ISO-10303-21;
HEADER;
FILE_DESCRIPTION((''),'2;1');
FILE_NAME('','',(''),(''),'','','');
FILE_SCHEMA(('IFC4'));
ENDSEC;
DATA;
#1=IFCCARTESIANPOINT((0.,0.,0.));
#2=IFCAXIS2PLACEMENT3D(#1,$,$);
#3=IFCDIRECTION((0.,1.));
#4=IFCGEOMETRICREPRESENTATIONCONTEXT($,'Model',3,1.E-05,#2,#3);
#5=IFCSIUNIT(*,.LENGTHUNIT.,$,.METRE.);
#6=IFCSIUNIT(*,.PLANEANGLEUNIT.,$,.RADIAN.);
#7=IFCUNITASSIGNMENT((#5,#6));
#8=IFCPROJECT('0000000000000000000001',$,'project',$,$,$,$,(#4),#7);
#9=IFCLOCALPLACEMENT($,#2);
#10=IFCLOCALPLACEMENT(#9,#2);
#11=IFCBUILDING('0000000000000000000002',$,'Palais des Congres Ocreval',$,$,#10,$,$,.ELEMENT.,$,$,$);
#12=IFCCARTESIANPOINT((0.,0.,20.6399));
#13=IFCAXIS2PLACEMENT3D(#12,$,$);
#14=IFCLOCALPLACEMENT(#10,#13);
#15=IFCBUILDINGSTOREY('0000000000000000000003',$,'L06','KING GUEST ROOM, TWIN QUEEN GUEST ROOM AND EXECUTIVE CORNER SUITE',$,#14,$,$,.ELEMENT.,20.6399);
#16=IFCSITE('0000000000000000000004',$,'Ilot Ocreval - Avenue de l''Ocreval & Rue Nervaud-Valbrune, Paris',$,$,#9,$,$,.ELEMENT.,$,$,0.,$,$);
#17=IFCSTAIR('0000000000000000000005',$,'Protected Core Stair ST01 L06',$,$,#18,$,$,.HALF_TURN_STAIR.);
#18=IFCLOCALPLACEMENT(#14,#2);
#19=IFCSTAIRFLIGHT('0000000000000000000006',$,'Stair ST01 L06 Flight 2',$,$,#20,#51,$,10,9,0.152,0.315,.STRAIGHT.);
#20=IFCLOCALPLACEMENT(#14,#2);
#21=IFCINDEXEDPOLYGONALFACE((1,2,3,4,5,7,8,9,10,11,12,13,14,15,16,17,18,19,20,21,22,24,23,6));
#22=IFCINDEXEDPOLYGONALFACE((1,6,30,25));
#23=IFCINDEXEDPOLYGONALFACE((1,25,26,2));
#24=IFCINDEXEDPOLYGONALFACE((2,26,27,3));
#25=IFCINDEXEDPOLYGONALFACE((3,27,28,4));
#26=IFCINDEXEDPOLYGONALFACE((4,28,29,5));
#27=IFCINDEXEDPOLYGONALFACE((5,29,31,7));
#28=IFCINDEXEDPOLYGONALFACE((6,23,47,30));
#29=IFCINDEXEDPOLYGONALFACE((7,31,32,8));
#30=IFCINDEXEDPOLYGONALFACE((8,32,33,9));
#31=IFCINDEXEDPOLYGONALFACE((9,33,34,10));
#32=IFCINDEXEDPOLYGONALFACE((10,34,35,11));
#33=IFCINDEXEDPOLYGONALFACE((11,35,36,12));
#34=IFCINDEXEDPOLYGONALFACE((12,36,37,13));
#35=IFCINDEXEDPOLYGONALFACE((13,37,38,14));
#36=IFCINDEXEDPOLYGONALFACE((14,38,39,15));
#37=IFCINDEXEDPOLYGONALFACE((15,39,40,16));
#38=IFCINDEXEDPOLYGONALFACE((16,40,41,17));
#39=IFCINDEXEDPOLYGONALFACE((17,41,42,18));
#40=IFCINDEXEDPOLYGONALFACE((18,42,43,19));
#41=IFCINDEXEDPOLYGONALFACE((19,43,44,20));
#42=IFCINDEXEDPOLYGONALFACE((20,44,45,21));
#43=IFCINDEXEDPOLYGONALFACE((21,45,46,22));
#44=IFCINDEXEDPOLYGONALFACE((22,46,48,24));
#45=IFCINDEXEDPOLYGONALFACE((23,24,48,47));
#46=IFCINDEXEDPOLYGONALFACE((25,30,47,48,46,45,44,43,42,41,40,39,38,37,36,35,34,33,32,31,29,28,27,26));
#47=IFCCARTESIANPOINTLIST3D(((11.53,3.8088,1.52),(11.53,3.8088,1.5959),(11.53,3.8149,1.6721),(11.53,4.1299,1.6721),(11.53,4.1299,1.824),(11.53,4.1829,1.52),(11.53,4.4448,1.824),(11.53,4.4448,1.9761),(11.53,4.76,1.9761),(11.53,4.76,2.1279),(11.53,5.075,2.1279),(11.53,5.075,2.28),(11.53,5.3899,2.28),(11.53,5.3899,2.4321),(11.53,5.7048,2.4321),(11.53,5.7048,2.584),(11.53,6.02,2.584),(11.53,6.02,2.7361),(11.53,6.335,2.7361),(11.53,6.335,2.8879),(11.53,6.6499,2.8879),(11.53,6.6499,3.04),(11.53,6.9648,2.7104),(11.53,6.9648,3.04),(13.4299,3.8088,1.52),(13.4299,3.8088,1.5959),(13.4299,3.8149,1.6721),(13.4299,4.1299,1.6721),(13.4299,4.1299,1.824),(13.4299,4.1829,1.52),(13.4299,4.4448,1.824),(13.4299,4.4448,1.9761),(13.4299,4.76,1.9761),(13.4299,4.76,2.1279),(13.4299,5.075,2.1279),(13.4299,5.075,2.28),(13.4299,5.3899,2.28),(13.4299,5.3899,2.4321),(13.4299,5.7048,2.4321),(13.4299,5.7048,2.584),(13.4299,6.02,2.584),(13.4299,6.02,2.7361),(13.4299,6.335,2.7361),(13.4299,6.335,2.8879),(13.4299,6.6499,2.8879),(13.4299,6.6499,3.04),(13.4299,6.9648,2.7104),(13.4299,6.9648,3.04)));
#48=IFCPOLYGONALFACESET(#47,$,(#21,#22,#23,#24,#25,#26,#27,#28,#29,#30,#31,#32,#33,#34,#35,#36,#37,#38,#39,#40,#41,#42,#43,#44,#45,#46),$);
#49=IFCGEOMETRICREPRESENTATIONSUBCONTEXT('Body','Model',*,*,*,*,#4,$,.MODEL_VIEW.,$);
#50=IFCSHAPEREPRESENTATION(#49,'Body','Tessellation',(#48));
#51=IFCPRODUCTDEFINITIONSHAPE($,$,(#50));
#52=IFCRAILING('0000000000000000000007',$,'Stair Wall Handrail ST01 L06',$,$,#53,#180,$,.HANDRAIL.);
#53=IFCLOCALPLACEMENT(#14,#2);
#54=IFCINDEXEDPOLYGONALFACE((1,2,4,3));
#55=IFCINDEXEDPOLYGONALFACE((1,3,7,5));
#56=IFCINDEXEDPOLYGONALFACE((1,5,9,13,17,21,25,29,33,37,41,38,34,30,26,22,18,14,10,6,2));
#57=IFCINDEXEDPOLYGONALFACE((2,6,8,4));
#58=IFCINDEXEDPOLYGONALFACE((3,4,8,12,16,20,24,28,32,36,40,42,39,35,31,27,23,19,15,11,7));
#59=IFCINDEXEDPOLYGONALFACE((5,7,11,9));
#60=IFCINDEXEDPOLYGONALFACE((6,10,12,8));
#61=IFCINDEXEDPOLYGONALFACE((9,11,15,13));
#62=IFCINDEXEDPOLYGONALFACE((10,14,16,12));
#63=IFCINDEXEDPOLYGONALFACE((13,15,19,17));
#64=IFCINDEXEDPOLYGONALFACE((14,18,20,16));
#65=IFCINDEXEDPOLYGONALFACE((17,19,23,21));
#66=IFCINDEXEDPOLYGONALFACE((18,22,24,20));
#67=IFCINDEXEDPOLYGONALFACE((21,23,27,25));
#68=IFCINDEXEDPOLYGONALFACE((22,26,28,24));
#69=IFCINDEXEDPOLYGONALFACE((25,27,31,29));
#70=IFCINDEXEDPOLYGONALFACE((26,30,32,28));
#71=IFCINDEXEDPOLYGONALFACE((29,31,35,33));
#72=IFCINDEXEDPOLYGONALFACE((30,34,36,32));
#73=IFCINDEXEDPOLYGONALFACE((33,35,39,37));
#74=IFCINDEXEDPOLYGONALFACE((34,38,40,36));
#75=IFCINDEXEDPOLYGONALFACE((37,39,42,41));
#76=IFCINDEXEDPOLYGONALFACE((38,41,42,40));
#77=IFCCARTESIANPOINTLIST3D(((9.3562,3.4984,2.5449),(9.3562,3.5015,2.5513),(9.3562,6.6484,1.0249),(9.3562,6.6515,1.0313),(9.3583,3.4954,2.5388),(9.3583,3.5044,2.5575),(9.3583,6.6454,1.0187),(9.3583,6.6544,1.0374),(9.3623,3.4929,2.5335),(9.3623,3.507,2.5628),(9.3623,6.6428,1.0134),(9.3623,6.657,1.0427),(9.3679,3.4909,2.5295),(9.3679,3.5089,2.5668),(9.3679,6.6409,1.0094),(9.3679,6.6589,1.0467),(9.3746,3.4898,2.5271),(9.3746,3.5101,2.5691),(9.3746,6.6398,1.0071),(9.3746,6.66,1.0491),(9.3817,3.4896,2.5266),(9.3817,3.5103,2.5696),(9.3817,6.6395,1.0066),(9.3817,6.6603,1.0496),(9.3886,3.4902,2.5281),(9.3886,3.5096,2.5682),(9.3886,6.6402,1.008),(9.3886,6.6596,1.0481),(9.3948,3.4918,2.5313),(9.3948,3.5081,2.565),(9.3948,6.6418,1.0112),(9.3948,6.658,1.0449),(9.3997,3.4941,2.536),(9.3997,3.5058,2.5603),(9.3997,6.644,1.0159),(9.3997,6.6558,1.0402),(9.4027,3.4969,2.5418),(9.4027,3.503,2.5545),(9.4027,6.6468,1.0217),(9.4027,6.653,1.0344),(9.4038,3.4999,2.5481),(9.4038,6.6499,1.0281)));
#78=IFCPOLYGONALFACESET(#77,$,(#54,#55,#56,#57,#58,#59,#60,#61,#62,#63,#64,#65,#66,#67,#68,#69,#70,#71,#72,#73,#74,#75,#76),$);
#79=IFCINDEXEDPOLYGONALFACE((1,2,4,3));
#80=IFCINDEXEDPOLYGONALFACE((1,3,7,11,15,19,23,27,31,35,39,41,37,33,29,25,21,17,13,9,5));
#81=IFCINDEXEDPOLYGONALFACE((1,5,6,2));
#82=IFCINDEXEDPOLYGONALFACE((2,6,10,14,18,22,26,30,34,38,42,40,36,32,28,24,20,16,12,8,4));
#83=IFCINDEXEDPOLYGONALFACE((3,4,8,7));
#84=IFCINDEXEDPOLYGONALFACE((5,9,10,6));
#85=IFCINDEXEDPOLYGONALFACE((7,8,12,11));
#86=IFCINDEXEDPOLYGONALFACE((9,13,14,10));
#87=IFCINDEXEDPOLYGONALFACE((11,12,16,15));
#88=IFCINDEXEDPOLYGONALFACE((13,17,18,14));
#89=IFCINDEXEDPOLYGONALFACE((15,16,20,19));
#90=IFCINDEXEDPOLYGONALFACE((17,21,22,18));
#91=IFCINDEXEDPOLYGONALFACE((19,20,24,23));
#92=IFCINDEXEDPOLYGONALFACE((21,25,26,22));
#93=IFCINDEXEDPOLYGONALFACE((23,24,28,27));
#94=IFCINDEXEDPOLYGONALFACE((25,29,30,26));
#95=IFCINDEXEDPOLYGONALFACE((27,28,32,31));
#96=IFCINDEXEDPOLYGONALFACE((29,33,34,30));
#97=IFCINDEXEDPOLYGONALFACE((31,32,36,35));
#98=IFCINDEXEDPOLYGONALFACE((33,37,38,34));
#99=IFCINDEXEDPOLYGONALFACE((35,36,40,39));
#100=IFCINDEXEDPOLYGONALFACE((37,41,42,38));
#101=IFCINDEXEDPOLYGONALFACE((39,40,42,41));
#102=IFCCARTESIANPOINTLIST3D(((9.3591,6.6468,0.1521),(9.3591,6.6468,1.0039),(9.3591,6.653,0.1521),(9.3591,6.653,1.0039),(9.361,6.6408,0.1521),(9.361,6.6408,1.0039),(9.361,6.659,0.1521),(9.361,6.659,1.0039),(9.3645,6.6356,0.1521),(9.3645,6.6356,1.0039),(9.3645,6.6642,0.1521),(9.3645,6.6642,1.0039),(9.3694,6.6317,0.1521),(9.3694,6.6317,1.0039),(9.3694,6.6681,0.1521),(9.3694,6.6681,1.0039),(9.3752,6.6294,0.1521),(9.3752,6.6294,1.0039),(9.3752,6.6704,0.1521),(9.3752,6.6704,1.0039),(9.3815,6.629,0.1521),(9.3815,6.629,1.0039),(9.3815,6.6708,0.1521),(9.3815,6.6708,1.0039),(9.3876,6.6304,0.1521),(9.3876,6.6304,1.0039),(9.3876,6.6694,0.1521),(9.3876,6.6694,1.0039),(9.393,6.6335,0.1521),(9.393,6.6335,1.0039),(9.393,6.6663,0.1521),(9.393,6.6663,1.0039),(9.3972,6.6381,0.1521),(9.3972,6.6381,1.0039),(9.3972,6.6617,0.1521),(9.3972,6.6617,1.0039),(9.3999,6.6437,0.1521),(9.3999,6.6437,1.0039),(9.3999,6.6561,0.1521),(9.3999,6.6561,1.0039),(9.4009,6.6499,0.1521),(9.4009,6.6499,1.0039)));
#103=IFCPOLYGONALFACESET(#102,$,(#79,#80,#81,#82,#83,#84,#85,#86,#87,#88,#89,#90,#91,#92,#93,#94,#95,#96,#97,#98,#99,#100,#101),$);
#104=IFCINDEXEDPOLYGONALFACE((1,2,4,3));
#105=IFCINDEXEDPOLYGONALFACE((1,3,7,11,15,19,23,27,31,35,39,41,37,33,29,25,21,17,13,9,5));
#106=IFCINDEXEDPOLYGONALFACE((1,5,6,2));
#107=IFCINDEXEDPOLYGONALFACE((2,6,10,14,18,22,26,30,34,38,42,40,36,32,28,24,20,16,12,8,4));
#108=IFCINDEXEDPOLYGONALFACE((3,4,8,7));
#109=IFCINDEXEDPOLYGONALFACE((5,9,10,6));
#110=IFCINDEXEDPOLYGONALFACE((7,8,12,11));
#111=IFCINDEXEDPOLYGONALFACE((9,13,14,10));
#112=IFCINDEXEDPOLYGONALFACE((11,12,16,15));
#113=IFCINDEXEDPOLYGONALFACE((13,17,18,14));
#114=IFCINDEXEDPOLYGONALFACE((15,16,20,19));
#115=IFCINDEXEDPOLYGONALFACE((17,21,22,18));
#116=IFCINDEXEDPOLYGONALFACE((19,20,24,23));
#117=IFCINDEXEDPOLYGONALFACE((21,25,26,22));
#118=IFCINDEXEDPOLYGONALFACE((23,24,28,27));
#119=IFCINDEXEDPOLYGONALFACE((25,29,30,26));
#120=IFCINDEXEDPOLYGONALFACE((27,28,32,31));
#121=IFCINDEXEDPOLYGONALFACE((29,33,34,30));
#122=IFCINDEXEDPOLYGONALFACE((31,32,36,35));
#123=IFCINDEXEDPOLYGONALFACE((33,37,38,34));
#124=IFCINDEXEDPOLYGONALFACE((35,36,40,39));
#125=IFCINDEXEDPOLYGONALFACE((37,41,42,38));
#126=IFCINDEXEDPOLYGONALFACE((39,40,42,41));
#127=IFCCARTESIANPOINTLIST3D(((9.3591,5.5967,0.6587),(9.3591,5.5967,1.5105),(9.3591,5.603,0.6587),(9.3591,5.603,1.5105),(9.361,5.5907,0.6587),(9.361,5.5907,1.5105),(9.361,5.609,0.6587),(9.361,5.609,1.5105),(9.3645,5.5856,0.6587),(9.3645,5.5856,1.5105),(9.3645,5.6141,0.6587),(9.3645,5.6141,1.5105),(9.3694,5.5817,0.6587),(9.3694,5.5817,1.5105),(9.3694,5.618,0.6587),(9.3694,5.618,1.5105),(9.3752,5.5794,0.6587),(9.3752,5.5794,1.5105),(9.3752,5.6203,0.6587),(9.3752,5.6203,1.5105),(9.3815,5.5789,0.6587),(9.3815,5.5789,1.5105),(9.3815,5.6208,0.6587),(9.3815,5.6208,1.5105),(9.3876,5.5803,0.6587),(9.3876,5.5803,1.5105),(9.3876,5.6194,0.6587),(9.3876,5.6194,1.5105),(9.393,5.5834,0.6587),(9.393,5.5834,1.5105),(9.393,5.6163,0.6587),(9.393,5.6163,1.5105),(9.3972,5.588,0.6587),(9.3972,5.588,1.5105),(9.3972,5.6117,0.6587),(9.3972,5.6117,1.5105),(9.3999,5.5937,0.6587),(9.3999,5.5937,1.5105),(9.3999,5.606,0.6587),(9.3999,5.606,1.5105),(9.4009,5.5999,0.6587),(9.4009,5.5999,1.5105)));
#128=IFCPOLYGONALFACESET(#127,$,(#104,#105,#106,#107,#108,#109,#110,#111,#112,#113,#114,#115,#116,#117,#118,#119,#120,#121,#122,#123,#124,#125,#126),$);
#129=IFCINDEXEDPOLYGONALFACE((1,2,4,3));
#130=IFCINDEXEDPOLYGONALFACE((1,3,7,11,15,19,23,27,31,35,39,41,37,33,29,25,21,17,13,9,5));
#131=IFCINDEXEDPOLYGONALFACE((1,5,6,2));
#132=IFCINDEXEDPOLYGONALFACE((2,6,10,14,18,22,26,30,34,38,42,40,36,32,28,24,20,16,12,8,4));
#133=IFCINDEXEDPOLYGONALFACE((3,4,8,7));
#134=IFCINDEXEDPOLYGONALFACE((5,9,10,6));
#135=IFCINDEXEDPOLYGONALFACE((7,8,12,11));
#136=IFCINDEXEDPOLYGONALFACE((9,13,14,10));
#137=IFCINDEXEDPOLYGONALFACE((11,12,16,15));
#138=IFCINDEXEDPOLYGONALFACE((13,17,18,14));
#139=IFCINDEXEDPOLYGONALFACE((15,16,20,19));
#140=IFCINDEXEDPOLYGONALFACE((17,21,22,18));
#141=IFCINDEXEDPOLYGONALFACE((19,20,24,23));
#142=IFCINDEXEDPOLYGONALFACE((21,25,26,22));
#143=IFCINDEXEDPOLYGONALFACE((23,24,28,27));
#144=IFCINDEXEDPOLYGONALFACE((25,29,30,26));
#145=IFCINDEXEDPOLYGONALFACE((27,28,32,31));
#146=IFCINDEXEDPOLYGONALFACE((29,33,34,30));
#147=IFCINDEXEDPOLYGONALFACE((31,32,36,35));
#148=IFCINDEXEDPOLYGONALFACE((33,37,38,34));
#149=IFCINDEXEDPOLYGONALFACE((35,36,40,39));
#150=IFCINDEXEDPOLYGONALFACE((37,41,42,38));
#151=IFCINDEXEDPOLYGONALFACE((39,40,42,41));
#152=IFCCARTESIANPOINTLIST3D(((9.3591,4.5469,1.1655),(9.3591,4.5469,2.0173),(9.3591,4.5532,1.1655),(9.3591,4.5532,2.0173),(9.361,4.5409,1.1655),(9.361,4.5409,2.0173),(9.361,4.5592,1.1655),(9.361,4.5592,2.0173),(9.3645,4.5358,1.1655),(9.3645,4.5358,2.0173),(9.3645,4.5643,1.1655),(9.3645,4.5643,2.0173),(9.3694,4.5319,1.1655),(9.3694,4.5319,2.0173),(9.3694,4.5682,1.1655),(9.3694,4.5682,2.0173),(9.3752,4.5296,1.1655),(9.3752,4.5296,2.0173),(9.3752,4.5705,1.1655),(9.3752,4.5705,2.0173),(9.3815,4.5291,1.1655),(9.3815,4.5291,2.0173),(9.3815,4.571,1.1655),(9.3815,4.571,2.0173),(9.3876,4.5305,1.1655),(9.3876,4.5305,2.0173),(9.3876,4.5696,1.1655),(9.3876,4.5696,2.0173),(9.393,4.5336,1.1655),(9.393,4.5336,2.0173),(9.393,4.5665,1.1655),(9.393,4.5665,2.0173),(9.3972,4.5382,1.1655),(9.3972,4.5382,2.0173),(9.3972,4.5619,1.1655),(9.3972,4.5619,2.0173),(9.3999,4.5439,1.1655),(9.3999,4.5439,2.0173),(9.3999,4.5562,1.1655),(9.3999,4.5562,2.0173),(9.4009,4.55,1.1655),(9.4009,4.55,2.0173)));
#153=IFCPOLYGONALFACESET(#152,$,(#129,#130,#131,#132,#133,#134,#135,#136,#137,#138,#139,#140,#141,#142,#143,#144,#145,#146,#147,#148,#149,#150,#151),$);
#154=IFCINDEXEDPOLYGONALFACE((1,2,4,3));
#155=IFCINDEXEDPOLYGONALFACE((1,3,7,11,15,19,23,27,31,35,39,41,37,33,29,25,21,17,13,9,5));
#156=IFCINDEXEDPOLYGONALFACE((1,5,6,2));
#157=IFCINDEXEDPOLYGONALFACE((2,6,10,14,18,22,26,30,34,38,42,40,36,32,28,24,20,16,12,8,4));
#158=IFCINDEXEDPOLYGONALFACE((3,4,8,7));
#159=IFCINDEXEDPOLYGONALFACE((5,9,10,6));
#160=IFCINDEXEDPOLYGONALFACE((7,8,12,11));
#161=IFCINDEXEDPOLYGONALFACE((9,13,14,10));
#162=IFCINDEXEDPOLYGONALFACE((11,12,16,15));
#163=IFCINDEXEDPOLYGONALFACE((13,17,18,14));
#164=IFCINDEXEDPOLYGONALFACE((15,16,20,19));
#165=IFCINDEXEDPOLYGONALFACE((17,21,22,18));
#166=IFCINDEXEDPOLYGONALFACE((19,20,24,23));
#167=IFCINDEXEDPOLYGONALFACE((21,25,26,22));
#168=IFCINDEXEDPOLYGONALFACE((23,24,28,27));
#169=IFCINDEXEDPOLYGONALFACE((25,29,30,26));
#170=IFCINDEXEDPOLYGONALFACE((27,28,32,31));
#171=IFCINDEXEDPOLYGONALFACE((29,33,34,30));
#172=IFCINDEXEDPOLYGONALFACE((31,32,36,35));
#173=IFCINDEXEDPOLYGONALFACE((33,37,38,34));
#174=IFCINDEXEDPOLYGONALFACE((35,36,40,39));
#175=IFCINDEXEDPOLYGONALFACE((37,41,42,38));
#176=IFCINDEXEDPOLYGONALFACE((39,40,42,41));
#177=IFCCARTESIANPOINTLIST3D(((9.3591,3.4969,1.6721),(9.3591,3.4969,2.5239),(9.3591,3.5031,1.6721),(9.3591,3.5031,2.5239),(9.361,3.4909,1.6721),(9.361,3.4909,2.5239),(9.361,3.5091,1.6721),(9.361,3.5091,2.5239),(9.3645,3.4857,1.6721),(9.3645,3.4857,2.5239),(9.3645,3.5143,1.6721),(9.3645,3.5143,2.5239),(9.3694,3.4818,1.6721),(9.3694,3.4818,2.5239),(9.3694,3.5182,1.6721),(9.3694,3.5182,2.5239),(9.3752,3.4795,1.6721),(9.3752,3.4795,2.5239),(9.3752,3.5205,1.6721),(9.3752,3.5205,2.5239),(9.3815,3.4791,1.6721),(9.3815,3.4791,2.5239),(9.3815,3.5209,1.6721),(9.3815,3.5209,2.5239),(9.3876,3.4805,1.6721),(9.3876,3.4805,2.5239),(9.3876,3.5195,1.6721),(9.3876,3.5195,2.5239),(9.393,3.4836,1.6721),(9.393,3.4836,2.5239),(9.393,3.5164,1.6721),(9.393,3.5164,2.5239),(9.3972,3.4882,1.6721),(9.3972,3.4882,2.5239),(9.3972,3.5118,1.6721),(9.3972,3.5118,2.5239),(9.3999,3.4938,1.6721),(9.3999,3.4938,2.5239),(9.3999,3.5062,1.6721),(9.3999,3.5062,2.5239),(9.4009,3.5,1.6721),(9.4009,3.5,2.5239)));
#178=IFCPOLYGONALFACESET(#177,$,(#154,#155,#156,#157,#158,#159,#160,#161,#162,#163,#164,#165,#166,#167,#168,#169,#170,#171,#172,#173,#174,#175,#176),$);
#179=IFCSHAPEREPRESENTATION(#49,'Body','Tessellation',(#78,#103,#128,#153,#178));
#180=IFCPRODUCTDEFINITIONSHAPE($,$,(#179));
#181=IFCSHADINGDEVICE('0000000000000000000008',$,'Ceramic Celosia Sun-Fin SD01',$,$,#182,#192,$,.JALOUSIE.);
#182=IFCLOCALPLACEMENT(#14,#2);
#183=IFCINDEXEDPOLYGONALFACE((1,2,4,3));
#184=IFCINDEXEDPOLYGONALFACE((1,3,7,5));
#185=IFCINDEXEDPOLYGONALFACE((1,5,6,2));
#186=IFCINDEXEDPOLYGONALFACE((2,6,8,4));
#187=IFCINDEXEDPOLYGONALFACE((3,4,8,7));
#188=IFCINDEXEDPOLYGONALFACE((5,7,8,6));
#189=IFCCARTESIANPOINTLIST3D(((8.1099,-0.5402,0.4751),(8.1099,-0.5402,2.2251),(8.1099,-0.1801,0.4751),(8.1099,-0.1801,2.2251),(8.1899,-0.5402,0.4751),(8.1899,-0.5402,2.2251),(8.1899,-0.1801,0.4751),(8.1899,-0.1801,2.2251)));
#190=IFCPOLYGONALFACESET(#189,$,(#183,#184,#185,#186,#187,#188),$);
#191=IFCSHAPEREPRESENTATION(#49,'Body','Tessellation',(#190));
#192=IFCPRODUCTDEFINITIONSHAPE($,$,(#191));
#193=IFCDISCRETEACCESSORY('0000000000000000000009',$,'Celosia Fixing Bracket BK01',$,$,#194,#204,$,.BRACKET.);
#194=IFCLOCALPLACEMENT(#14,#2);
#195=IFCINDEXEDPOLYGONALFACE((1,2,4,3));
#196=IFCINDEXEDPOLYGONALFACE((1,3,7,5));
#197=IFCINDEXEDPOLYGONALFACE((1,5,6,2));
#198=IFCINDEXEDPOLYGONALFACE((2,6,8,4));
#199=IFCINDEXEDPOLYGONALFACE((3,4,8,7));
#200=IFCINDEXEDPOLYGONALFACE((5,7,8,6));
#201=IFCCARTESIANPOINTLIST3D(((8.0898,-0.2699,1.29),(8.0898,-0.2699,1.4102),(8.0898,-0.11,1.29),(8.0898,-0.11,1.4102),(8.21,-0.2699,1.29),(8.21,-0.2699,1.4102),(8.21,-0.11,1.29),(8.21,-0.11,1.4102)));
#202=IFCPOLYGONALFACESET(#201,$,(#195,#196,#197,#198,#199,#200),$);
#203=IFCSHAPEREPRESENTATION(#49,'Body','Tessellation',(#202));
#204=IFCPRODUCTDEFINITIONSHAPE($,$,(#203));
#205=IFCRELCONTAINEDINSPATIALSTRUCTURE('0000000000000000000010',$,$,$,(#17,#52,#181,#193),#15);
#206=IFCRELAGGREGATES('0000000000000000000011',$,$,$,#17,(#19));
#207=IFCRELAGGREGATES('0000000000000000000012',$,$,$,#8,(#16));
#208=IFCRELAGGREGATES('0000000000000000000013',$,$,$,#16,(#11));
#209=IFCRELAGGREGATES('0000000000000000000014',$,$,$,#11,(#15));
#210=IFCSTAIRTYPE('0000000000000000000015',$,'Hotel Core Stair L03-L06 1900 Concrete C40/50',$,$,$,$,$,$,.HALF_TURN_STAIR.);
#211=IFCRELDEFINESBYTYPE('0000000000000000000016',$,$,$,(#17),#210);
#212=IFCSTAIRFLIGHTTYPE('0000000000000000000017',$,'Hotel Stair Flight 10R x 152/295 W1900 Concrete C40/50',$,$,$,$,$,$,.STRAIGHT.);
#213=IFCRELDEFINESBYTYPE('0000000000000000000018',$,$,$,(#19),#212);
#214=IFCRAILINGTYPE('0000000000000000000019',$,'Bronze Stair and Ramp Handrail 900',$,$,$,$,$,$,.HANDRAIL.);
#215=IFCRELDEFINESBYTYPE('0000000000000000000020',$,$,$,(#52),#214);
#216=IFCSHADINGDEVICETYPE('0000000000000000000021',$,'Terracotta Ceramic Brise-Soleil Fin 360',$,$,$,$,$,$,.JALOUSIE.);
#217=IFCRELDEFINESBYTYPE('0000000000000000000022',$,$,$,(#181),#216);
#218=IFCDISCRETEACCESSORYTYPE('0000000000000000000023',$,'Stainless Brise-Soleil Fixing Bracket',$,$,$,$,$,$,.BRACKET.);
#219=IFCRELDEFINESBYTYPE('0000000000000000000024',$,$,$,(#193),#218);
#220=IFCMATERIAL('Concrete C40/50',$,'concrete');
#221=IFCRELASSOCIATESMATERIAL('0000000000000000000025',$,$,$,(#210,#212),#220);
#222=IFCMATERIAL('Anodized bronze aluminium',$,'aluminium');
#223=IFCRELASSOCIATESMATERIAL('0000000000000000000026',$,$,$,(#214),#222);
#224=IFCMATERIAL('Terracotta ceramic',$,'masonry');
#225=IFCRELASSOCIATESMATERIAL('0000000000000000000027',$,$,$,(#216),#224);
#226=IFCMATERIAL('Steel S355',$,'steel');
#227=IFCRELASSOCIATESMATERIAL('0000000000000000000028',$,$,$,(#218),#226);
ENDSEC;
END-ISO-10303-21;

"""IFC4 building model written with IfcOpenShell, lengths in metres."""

from ifc_helpers import new_model, si_unit, direction, frame, origin, origin_2d, place, context, subcontext, project, spatial, polyline, rectangle, circle, outline, extrude, material, type_object, element, aggregate, save


model = new_model("IFC4")

# Units and contexts
model_context = context("Model", 3, precision=1e-05, world=origin(), true_north=direction((0.0, 1.0)))
body_context = subcontext(model_context, "Body", "Model", "MODEL_VIEW")
ifc_project = project(units=[si_unit("LENGTHUNIT", "METRE"), si_unit("PLANEANGLEUNIT", "RADIAN")], contexts=[model_context])

# Site, building, storey
site_placement = place(None, origin())
site = spatial("IfcSite", under=ifc_project, at=site_placement, Name="Ilot Ocreval - Avenue de l'Ocreval & Rue Nervaud-Valbrune, Paris", CompositionType="ELEMENT", RefElevation=0.0)
building_placement = place(site_placement, origin())
building = spatial("IfcBuilding", under=site, at=building_placement, Name="Palais des Congres Ocreval", CompositionType="ELEMENT")
storey_placement = place(building_placement, frame((0.0, 0.0, 20.6399)))
storey = spatial("IfcBuildingStorey", under=building, at=storey_placement, Name="L06", Description="KING GUEST ROOM, TWIN QUEEN GUEST ROOM AND EXECUTIVE CORNER SUITE", CompositionType="ELEMENT", Elevation=20.6399)

# Shared definitions
ifc_material_1 = material(Name="Steel S355", Category="steel")

# Shared definitions
ifc_material_2 = material(Name="Concrete C40/50", Category="concrete")

# Stair, stair flight
stair_type = type_object("IfcStairType", Name="Hotel Core Stair L03-L06 1900 Concrete C40/50", PredefinedType="HALF_TURN_STAIR", material=ifc_material_2)
stair_placement = place(storey_placement, origin())
stair = element("IfcStair", 1, at=stair_placement, inside=storey, type_object=stair_type, Name="Protected Core Stair ST01 L06", PredefinedType="HALF_TURN_STAIR")
stair_flight_type = type_object("IfcStairFlightType", Name="Hotel Stair Flight 10R x 152/295 W1900 Concrete C40/50", PredefinedType="STRAIGHT", material=ifc_material_2)
stair_flight_placement = place(storey_placement, frame((12.48, 3.8149, 1.52), z_axis=(0.0, 0.0, 1.0), x_axis=(0.0, 1.0, 0.0)))
stair_flight = element("IfcStairFlight", 2, at=stair_flight_placement, type_object=stair_flight_type, Name="Stair ST01 L06 Flight 2", NumberOfRisers=10, NumberOfTreads=9, PredefinedType="STRAIGHT", RiserHeight=0.152, TreadLength=0.315, context=body_context, shape_type="SweptSolid", body=[
    extrude(outline(polyline([(-0.0061, 0.0), (-0.0061, 0.0759), (0.0, 0.1521), (0.3149, 0.1521), (0.3149, 0.304), (0.6299, 0.304), (0.6299, 0.4561), (0.9451, 0.4561), (0.9451, 0.6079), (1.26, 0.6079), (1.26, 0.76), (1.575, 0.76), (1.575, 0.9121), (1.8899, 0.9121), (1.8899, 1.064), (2.2051, 1.064), (2.2051, 1.2161), (2.52, 1.2161), (2.52, 1.3679), (2.835, 1.3679), (2.835, 1.52), (3.1499, 1.52), (3.1499, 1.1904), (0.3679, 0.0), (-0.0061, 0.0)])), frame((0.0, 0.95, 0.0), z_axis=(0.0, -1.0, 0.0), x_axis=(1.0, 0.0, 0.0)), (0.0, 0.0, 1.0), 1.8999),
])
aggregate(stair, [stair_flight])

# Railing
ifc_material_3 = material(Name="Anodized bronze aluminium", Category="aluminium")
railing_type = type_object("IfcRailingType", Name="Bronze Stair and Ramp Handrail 900", PredefinedType="HANDRAIL", material=ifc_material_3)
railing_placement = place(storey_placement, frame((9.3799, 6.6499, 0.1521)))
element("IfcRailing", 3, at=railing_placement, inside=storey, type_object=railing_type, Name="Stair Wall Handrail ST01 L06", PredefinedType="HANDRAIL", context=body_context, shape_type="SweptSolid", body=[
    extrude(circle(Radius=0.0239, at=origin_2d()), frame((0.0, 0.0, 0.876), z_axis=(0.0, -0.900621, 0.434605), x_axis=(1.0, 0.0, 0.0)), (0.0, 0.0, 1.0), 3.4976),
    extrude(circle(Radius=0.021, at=origin_2d()), origin(), (0.0, 0.0, 1.0), 0.8518),
    extrude(circle(Radius=0.021, at=origin_2d()), frame((0.0, -1.05, 0.5066)), (0.0, 0.0, 1.0), 0.8518),
    extrude(circle(Radius=0.021, at=origin_2d()), frame((0.0, -2.0999, 1.0134)), (0.0, 0.0, 1.0), 0.8518),
    extrude(circle(Radius=0.021, at=origin_2d()), frame((0.0, -3.1499, 1.52)), (0.0, 0.0, 1.0), 0.8518),
])

# Shading device
ifc_material_4 = material(Name="Terracotta ceramic", Category="masonry")
shading_device_type = type_object("IfcShadingDeviceType", Name="Terracotta Ceramic Brise-Soleil Fin 360", PredefinedType="JALOUSIE", material=ifc_material_4)
shading_device_placement = place(storey_placement, frame((8.1499, -0.3601, 0.4751), z_axis=(0.0, 0.0, 1.0), x_axis=(0.0, -1.0, 0.0)))
element("IfcShadingDevice", 4, at=shading_device_placement, inside=storey, type_object=shading_device_type, Name="Ceramic Celosia Sun-Fin SD01", PredefinedType="JALOUSIE", context=body_context, shape_type="SweptSolid", body=[
    extrude(rectangle(XDim=0.3601, YDim=0.0801, at=origin_2d()), origin(), (0.0, 0.0, 1.0), 1.75),
])

# Discrete accessory
discrete_accessory_type = type_object("IfcDiscreteAccessoryType", Name="Stainless Brise-Soleil Fixing Bracket", PredefinedType="BRACKET", material=ifc_material_1)
for number, where, z_axis, x_axis, name in (
    (5, (8.1499, -0.1899, 1.29), (0.0, 0.0, 1.0), (0.0, -1.0, 0.0), "Celosia Fixing Bracket BK01"),
):
    element("IfcDiscreteAccessory", number, at=place(storey_placement, frame(where, z_axis=z_axis, x_axis=x_axis)), inside=storey, type_object=discrete_accessory_type, Name=name, PredefinedType="BRACKET", context=body_context, shape_type="SweptSolid", body=[
        extrude(rectangle(XDim=0.1599, YDim=0.1201, at=origin_2d()), origin(), (0.0, 0.0, 1.0), 0.1201),
    ])

save(model, "model.ifc")
